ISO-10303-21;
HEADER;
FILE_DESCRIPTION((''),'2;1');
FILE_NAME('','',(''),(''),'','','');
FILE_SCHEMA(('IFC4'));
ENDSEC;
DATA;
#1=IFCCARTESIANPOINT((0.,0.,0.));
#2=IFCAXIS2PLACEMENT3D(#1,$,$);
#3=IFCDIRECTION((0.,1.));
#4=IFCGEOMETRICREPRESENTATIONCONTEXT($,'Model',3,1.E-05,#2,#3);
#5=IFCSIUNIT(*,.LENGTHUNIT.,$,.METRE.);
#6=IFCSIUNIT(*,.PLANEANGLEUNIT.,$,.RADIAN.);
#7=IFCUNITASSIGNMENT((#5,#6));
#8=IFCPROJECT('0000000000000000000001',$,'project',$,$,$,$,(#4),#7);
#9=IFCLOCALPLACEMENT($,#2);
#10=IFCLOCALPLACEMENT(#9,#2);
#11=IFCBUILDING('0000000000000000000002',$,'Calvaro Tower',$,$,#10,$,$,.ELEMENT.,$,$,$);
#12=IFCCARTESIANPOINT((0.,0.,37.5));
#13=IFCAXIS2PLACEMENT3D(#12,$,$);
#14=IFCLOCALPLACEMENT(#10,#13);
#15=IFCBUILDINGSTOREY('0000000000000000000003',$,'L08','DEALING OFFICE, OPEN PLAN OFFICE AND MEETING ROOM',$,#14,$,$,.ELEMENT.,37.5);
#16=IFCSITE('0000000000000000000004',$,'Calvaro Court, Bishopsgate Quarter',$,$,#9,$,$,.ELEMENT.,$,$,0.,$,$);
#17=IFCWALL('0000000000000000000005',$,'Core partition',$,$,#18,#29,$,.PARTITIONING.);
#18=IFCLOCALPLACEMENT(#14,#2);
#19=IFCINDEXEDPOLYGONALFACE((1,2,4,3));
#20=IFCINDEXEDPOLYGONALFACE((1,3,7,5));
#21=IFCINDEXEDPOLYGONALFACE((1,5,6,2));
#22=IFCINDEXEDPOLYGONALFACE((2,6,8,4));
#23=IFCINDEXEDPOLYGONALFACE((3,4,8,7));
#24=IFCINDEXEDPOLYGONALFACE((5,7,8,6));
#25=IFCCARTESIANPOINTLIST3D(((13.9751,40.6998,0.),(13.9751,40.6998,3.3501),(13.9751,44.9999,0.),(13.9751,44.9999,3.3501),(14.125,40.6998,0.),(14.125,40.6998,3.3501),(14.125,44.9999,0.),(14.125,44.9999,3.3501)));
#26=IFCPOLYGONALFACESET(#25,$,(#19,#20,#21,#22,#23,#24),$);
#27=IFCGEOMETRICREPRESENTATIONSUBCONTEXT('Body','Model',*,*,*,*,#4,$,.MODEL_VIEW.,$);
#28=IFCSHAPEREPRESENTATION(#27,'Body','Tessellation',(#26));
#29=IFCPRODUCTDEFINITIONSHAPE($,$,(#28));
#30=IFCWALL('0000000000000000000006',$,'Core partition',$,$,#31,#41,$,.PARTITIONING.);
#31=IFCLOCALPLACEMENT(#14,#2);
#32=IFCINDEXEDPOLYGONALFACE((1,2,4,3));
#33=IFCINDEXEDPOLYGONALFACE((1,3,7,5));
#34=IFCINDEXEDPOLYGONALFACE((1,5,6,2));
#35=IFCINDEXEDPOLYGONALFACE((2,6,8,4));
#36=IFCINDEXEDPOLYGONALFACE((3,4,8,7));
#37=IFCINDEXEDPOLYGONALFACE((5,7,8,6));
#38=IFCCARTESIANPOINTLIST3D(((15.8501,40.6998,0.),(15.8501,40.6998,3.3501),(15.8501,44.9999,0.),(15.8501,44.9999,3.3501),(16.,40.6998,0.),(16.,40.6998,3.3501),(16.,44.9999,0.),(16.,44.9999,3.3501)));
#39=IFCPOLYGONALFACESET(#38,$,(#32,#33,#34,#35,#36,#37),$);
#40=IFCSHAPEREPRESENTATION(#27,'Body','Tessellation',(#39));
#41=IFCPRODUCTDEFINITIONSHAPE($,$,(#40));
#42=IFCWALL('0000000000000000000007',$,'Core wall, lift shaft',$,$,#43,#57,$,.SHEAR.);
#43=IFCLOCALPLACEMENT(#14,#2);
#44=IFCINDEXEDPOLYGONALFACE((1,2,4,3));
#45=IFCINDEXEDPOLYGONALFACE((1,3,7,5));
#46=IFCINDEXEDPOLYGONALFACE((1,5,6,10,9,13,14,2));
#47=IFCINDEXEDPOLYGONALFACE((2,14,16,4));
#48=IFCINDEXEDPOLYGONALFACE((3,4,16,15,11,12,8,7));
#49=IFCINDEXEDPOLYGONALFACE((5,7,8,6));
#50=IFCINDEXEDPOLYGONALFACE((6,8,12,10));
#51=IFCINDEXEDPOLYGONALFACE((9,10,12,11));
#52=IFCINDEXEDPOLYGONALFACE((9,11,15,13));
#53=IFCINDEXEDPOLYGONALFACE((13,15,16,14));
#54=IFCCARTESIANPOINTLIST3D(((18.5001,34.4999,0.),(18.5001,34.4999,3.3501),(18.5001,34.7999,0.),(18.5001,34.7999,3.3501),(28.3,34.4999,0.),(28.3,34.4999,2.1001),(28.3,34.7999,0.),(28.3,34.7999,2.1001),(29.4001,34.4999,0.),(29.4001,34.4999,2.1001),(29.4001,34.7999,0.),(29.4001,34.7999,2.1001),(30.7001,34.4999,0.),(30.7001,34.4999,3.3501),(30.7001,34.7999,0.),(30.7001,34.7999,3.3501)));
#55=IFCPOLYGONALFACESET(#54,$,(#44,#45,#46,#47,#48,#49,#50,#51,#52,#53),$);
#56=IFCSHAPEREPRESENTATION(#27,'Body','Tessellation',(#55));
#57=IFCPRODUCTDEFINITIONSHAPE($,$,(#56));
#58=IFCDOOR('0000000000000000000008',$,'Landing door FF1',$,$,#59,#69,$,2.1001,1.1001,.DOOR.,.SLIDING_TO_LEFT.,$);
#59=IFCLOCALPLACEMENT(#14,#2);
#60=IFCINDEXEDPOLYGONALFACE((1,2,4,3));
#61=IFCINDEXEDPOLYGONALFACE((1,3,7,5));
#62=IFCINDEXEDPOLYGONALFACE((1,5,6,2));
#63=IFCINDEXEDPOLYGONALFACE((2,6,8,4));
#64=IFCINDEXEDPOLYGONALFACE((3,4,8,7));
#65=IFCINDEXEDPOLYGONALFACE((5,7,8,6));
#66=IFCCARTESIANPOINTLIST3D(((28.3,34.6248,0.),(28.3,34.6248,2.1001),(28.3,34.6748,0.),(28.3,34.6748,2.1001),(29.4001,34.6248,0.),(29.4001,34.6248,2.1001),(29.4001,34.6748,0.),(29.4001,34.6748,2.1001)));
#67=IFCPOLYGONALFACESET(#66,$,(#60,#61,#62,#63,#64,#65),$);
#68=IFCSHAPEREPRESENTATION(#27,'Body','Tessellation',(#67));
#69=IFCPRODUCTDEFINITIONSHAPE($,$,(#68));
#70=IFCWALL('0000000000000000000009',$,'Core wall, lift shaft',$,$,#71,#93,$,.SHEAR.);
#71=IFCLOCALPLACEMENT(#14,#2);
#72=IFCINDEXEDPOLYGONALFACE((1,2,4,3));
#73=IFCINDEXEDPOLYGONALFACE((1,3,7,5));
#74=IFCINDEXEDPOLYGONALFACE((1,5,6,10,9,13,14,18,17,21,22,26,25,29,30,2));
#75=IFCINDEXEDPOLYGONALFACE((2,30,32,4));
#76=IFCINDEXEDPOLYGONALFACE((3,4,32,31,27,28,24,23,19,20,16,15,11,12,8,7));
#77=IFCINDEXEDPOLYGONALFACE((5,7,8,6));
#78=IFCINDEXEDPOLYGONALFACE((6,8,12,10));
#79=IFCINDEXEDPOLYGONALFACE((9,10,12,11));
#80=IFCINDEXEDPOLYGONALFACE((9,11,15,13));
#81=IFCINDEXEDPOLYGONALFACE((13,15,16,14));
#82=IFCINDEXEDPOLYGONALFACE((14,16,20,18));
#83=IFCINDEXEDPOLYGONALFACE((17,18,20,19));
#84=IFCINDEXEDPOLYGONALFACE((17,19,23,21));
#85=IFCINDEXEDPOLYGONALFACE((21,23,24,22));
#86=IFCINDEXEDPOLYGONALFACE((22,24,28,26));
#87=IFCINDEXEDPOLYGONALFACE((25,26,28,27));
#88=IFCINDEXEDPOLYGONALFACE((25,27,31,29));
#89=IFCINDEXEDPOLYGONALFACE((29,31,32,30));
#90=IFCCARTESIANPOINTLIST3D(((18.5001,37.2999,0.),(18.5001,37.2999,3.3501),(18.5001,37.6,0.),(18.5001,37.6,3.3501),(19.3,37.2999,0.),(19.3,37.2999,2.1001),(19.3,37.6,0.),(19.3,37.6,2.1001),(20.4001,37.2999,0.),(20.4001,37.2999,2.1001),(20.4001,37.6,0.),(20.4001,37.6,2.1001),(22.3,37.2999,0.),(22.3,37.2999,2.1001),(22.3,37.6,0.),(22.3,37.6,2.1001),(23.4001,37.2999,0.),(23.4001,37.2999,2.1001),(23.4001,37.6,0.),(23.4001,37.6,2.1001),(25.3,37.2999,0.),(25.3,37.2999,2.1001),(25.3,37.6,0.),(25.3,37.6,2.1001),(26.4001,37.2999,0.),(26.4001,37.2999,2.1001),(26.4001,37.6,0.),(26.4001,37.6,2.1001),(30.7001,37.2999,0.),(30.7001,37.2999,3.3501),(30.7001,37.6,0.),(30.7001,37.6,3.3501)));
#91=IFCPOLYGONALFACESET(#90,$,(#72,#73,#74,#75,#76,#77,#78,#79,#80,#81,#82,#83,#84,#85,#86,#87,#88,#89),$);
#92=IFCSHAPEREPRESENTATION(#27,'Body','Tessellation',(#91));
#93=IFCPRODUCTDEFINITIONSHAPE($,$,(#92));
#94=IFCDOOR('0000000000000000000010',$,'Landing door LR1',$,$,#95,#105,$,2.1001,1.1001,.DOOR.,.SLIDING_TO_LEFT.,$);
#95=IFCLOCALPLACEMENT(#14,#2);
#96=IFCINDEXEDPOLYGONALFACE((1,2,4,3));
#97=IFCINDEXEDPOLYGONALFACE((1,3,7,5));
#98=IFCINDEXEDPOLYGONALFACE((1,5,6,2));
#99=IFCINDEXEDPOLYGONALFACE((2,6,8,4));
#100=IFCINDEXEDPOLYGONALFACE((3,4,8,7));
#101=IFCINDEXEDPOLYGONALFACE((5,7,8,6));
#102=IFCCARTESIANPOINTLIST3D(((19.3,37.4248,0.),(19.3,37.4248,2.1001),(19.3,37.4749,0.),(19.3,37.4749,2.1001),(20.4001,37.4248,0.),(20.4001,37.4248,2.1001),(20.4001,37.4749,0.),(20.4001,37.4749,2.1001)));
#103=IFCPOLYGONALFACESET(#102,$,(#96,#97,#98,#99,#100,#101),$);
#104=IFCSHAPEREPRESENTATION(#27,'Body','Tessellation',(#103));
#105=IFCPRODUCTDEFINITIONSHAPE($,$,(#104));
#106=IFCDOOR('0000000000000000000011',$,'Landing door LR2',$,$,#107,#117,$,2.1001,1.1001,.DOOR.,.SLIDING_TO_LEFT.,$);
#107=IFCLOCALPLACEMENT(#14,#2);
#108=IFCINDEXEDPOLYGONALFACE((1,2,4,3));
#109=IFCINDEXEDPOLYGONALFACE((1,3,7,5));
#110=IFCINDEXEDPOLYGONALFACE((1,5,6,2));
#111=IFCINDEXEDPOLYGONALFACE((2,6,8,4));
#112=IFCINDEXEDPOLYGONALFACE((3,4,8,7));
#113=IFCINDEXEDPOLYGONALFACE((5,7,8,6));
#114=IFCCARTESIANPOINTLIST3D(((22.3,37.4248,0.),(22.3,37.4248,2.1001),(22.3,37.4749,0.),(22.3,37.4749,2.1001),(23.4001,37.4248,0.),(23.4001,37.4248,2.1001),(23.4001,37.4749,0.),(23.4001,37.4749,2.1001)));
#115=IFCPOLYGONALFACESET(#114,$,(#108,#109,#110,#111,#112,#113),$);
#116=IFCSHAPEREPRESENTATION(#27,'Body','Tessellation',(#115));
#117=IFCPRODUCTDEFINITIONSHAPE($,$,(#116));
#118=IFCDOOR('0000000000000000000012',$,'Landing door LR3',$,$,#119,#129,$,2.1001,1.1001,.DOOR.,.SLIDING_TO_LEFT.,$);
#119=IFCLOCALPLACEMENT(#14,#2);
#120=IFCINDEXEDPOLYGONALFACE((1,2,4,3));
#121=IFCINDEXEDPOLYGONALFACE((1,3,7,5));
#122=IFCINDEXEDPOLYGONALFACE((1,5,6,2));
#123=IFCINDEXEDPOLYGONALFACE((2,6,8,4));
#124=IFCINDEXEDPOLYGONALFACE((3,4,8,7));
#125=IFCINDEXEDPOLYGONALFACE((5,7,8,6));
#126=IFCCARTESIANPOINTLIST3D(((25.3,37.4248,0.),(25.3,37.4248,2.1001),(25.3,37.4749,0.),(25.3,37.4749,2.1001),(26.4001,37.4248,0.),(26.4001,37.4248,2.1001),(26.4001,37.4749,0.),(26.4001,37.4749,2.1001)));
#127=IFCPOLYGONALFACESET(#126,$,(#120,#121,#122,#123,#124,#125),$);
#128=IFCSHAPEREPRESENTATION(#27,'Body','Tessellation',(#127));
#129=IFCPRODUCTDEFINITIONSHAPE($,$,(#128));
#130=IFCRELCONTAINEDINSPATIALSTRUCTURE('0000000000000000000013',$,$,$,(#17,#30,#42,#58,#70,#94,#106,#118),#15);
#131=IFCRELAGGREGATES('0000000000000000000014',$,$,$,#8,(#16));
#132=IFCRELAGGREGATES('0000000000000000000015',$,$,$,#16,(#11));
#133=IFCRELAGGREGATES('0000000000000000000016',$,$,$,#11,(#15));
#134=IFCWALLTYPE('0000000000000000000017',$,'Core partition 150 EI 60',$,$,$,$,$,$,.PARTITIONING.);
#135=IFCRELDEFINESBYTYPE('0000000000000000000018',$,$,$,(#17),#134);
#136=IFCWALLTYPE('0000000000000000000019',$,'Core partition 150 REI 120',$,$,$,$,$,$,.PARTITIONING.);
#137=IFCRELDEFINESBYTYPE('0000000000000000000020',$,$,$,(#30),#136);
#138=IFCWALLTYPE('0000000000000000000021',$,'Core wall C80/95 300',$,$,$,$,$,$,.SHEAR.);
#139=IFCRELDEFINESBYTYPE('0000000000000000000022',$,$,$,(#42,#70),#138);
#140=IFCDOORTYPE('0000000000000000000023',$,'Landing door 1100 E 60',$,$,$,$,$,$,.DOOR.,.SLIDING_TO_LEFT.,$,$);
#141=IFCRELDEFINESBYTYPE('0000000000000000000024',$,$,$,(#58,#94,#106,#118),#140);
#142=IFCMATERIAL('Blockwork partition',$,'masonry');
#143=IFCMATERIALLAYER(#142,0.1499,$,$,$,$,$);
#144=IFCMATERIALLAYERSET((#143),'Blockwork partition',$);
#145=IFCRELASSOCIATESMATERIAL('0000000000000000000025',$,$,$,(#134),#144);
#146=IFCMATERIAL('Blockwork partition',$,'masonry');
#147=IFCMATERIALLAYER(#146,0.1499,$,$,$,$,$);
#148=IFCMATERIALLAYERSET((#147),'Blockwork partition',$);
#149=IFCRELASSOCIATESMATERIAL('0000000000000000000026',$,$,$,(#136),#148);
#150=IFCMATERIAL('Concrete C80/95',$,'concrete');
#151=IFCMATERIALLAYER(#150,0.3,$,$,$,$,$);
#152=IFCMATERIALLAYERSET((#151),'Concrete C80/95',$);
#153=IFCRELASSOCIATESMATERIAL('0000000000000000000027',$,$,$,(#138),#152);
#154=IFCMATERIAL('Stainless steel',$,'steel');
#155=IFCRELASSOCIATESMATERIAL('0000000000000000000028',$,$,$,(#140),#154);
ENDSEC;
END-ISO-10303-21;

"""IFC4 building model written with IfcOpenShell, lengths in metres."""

from ifc_helpers import new_model, si_unit, direction, frame, frame_2d, origin, place, context, subcontext, project, spatial, rectangle, extrude, material, layer, layer_set, type_object, element, fill, save


model = new_model("IFC4")

# Units and contexts
model_context = context("Model", 3, precision=1e-05, world=origin(), true_north=direction((0.0, 1.0)))
body_context = subcontext(model_context, "Body", "Model", "MODEL_VIEW")
ifc_project = project(units=[si_unit("LENGTHUNIT", "METRE"), si_unit("PLANEANGLEUNIT", "RADIAN")], contexts=[model_context])

# Site, building, storey
site_placement = place(None, origin())
site = spatial("IfcSite", under=ifc_project, at=site_placement, Name="Calvaro Court, Bishopsgate Quarter", CompositionType="ELEMENT", RefElevation=0.0)
building_placement = place(site_placement, origin())
building = spatial("IfcBuilding", under=site, at=building_placement, Name="Calvaro Tower", CompositionType="ELEMENT")
storey_placement = place(building_placement, frame((0.0, 0.0, 37.5)))
storey = spatial("IfcBuildingStorey", under=building, at=storey_placement, Name="L08", Description="DEALING OFFICE, OPEN PLAN OFFICE AND MEETING ROOM", CompositionType="ELEMENT", Elevation=37.5)

# Walls
ifc_material_1 = material(Name="Blockwork partition", Category="masonry")
ifc_layer_1 = layer(ifc_material_1, 0.1499)
ifc_layer_set_1 = layer_set([ifc_layer_1], Name="Blockwork partition")
wall_type_1 = type_object("IfcWallType", Name="Core partition 150 EI 60", PredefinedType="PARTITIONING", material=ifc_layer_set_1)
wall_1_placement = place(storey_placement, frame((14.05, 40.7, 0.0), z_axis=(0.0, 0.0, 1.0), x_axis=(0.0, 1.0, 0.0)))
element("IfcWall", 1, at=wall_1_placement, inside=storey, type_object=wall_type_1, Name="Core partition", PredefinedType="PARTITIONING", context=body_context, shape_type="SweptSolid", body=[
    extrude(rectangle(XDim=4.3, YDim=0.1499, at=frame_2d((2.1499, 0.0))), origin(), (0.0, 0.0, 1.0), 3.3501),
])
ifc_material_2 = material(Name="Blockwork partition", Category="masonry")
ifc_layer_2 = layer(ifc_material_2, 0.1499)
ifc_layer_set_2 = layer_set([ifc_layer_2], Name="Blockwork partition")
wall_type_2 = type_object("IfcWallType", Name="Core partition 150 REI 120", PredefinedType="PARTITIONING", material=ifc_layer_set_2)
wall_2_placement = place(storey_placement, frame((15.925, 40.7, 0.0), z_axis=(0.0, 0.0, 1.0), x_axis=(0.0, 1.0, 0.0)))
element("IfcWall", 2, at=wall_2_placement, inside=storey, type_object=wall_type_2, Name="Core partition", PredefinedType="PARTITIONING", context=body_context, shape_type="SweptSolid", body=[
    extrude(rectangle(XDim=4.3, YDim=0.1499, at=frame_2d((2.1499, 0.0))), origin(), (0.0, 0.0, 1.0), 3.3501),
])

# Wall, opening, door
ifc_material_3 = material(Name="Concrete C80/95", Category="concrete")
ifc_layer_3 = layer(ifc_material_3, 0.3)
ifc_layer_set_3 = layer_set([ifc_layer_3], Name="Concrete C80/95")
wall_type_3 = type_object("IfcWallType", Name="Core wall C80/95 300", PredefinedType="SHEAR", material=ifc_layer_set_3)
wall_3_placement = place(storey_placement, frame((18.5, 34.6499, 0.0), z_axis=(0.0, 0.0, 1.0), x_axis=(1.0, 0.0, 0.0)))
wall_3 = element("IfcWall", 3, at=wall_3_placement, inside=storey, type_object=wall_type_3, Name="Core wall, lift shaft", PredefinedType="SHEAR", context=body_context, shape_type="SweptSolid", body=[
    extrude(rectangle(XDim=12.2, YDim=0.3, at=frame_2d((6.1001, 0.0))), origin(), (0.0, 0.0, 1.0), 3.3501),
])
opening_1_placement = place(wall_3_placement, frame((9.8, 0.0, 0.0)))
opening_1 = element("IfcOpeningElement", 4, at=opening_1_placement, cuts=wall_3, PredefinedType="OPENING", context=body_context, shape_type="SweptSolid", body=[
    extrude(rectangle(XDim=1.1001, YDim=2.1001, at=frame_2d((0.55, 1.05))), frame((0.0, 0.1599, 0.0), z_axis=(0.0, -1.0, 0.0), x_axis=(1.0, 0.0, 0.0)), (0.0, 0.0, 1.0), 0.3201),
])
ifc_material_4 = material(Name="Stainless steel", Category="steel")
door_type_1 = type_object("IfcDoorType", Name="Landing door 1100 E 60", OperationType="SLIDING_TO_LEFT", PredefinedType="DOOR", material=ifc_material_4)
door_1_placement = place(opening_1_placement, origin())
door_1 = element("IfcDoor", 5, at=door_1_placement, inside=storey, type_object=door_type_1, Name="Landing door FF1", OperationType="SLIDING_TO_LEFT", OverallHeight=2.1001, OverallWidth=1.1001, PredefinedType="DOOR", context=body_context, shape_type="SweptSolid", body=[
    extrude(rectangle(XDim=1.1001, YDim=2.1001, at=frame_2d((0.55, 1.05))), frame((0.0, 0.0249, 0.0), z_axis=(0.0, -1.0, 0.0), x_axis=(1.0, 0.0, 0.0)), (0.0, 0.0, 1.0), 0.05),
])
fill(opening_1, door_1)

# Wall, openings, doors
wall_4_placement = place(storey_placement, frame((18.5, 37.45, 0.0), z_axis=(0.0, 0.0, 1.0), x_axis=(1.0, 0.0, 0.0)))
wall_4 = element("IfcWall", 6, at=wall_4_placement, inside=storey, type_object=wall_type_3, Name="Core wall, lift shaft", PredefinedType="SHEAR", context=body_context, shape_type="SweptSolid", body=[
    extrude(rectangle(XDim=12.2, YDim=0.3, at=frame_2d((6.1001, 0.0))), origin(), (0.0, 0.0, 1.0), 3.3501),
])
opening_2_placement = place(wall_4_placement, frame((0.8, 0.0, 0.0)))
opening_2 = element("IfcOpeningElement", 7, at=opening_2_placement, cuts=wall_4, PredefinedType="OPENING", context=body_context, shape_type="SweptSolid", body=[
    extrude(rectangle(XDim=1.1001, YDim=2.1001, at=frame_2d((0.55, 1.05))), frame((0.0, 0.1599, 0.0), z_axis=(0.0, -1.0, 0.0), x_axis=(1.0, 0.0, 0.0)), (0.0, 0.0, 1.0), 0.3201),
])
opening_3_placement = place(wall_4_placement, frame((3.8, 0.0, 0.0)))
opening_3 = element("IfcOpeningElement", 8, at=opening_3_placement, cuts=wall_4, PredefinedType="OPENING", context=body_context, shape_type="SweptSolid", body=[
    extrude(rectangle(XDim=1.1001, YDim=2.1001, at=frame_2d((0.55, 1.05))), frame((0.0, 0.1599, 0.0), z_axis=(0.0, -1.0, 0.0), x_axis=(1.0, 0.0, 0.0)), (0.0, 0.0, 1.0), 0.3201),
])
opening_4_placement = place(wall_4_placement, frame((6.8, 0.0, 0.0)))
opening_4 = element("IfcOpeningElement", 9, at=opening_4_placement, cuts=wall_4, PredefinedType="OPENING", context=body_context, shape_type="SweptSolid", body=[
    extrude(rectangle(XDim=1.1001, YDim=2.1001, at=frame_2d((0.55, 1.05))), frame((0.0, 0.1599, 0.0), z_axis=(0.0, -1.0, 0.0), x_axis=(1.0, 0.0, 0.0)), (0.0, 0.0, 1.0), 0.3201),
])
door_2_placement = place(opening_2_placement, origin())
door_2 = element("IfcDoor", 10, at=door_2_placement, inside=storey, type_object=door_type_1, Name="Landing door LR1", OperationType="SLIDING_TO_LEFT", OverallHeight=2.1001, OverallWidth=1.1001, PredefinedType="DOOR", context=body_context, shape_type="SweptSolid", body=[
    extrude(rectangle(XDim=1.1001, YDim=2.1001, at=frame_2d((0.55, 1.05))), frame((0.0, 0.0249, 0.0), z_axis=(0.0, -1.0, 0.0), x_axis=(1.0, 0.0, 0.0)), (0.0, 0.0, 1.0), 0.05),
])
fill(opening_2, door_2)
door_3_placement = place(opening_3_placement, origin())
door_3 = element("IfcDoor", 11, at=door_3_placement, inside=storey, type_object=door_type_1, Name="Landing door LR2", OperationType="SLIDING_TO_LEFT", OverallHeight=2.1001, OverallWidth=1.1001, PredefinedType="DOOR", context=body_context, shape_type="SweptSolid", body=[
    extrude(rectangle(XDim=1.1001, YDim=2.1001, at=frame_2d((0.55, 1.05))), frame((0.0, 0.0249, 0.0), z_axis=(0.0, -1.0, 0.0), x_axis=(1.0, 0.0, 0.0)), (0.0, 0.0, 1.0), 0.05),
])
fill(opening_3, door_3)
door_4_placement = place(opening_4_placement, origin())
door_4 = element("IfcDoor", 12, at=door_4_placement, inside=storey, type_object=door_type_1, Name="Landing door LR3", OperationType="SLIDING_TO_LEFT", OverallHeight=2.1001, OverallWidth=1.1001, PredefinedType="DOOR", context=body_context, shape_type="SweptSolid", body=[
    extrude(rectangle(XDim=1.1001, YDim=2.1001, at=frame_2d((0.55, 1.05))), frame((0.0, 0.0249, 0.0), z_axis=(0.0, -1.0, 0.0), x_axis=(1.0, 0.0, 0.0)), (0.0, 0.0, 1.0), 0.05),
])
fill(opening_4, door_4)

save(model, "model.ifc")
